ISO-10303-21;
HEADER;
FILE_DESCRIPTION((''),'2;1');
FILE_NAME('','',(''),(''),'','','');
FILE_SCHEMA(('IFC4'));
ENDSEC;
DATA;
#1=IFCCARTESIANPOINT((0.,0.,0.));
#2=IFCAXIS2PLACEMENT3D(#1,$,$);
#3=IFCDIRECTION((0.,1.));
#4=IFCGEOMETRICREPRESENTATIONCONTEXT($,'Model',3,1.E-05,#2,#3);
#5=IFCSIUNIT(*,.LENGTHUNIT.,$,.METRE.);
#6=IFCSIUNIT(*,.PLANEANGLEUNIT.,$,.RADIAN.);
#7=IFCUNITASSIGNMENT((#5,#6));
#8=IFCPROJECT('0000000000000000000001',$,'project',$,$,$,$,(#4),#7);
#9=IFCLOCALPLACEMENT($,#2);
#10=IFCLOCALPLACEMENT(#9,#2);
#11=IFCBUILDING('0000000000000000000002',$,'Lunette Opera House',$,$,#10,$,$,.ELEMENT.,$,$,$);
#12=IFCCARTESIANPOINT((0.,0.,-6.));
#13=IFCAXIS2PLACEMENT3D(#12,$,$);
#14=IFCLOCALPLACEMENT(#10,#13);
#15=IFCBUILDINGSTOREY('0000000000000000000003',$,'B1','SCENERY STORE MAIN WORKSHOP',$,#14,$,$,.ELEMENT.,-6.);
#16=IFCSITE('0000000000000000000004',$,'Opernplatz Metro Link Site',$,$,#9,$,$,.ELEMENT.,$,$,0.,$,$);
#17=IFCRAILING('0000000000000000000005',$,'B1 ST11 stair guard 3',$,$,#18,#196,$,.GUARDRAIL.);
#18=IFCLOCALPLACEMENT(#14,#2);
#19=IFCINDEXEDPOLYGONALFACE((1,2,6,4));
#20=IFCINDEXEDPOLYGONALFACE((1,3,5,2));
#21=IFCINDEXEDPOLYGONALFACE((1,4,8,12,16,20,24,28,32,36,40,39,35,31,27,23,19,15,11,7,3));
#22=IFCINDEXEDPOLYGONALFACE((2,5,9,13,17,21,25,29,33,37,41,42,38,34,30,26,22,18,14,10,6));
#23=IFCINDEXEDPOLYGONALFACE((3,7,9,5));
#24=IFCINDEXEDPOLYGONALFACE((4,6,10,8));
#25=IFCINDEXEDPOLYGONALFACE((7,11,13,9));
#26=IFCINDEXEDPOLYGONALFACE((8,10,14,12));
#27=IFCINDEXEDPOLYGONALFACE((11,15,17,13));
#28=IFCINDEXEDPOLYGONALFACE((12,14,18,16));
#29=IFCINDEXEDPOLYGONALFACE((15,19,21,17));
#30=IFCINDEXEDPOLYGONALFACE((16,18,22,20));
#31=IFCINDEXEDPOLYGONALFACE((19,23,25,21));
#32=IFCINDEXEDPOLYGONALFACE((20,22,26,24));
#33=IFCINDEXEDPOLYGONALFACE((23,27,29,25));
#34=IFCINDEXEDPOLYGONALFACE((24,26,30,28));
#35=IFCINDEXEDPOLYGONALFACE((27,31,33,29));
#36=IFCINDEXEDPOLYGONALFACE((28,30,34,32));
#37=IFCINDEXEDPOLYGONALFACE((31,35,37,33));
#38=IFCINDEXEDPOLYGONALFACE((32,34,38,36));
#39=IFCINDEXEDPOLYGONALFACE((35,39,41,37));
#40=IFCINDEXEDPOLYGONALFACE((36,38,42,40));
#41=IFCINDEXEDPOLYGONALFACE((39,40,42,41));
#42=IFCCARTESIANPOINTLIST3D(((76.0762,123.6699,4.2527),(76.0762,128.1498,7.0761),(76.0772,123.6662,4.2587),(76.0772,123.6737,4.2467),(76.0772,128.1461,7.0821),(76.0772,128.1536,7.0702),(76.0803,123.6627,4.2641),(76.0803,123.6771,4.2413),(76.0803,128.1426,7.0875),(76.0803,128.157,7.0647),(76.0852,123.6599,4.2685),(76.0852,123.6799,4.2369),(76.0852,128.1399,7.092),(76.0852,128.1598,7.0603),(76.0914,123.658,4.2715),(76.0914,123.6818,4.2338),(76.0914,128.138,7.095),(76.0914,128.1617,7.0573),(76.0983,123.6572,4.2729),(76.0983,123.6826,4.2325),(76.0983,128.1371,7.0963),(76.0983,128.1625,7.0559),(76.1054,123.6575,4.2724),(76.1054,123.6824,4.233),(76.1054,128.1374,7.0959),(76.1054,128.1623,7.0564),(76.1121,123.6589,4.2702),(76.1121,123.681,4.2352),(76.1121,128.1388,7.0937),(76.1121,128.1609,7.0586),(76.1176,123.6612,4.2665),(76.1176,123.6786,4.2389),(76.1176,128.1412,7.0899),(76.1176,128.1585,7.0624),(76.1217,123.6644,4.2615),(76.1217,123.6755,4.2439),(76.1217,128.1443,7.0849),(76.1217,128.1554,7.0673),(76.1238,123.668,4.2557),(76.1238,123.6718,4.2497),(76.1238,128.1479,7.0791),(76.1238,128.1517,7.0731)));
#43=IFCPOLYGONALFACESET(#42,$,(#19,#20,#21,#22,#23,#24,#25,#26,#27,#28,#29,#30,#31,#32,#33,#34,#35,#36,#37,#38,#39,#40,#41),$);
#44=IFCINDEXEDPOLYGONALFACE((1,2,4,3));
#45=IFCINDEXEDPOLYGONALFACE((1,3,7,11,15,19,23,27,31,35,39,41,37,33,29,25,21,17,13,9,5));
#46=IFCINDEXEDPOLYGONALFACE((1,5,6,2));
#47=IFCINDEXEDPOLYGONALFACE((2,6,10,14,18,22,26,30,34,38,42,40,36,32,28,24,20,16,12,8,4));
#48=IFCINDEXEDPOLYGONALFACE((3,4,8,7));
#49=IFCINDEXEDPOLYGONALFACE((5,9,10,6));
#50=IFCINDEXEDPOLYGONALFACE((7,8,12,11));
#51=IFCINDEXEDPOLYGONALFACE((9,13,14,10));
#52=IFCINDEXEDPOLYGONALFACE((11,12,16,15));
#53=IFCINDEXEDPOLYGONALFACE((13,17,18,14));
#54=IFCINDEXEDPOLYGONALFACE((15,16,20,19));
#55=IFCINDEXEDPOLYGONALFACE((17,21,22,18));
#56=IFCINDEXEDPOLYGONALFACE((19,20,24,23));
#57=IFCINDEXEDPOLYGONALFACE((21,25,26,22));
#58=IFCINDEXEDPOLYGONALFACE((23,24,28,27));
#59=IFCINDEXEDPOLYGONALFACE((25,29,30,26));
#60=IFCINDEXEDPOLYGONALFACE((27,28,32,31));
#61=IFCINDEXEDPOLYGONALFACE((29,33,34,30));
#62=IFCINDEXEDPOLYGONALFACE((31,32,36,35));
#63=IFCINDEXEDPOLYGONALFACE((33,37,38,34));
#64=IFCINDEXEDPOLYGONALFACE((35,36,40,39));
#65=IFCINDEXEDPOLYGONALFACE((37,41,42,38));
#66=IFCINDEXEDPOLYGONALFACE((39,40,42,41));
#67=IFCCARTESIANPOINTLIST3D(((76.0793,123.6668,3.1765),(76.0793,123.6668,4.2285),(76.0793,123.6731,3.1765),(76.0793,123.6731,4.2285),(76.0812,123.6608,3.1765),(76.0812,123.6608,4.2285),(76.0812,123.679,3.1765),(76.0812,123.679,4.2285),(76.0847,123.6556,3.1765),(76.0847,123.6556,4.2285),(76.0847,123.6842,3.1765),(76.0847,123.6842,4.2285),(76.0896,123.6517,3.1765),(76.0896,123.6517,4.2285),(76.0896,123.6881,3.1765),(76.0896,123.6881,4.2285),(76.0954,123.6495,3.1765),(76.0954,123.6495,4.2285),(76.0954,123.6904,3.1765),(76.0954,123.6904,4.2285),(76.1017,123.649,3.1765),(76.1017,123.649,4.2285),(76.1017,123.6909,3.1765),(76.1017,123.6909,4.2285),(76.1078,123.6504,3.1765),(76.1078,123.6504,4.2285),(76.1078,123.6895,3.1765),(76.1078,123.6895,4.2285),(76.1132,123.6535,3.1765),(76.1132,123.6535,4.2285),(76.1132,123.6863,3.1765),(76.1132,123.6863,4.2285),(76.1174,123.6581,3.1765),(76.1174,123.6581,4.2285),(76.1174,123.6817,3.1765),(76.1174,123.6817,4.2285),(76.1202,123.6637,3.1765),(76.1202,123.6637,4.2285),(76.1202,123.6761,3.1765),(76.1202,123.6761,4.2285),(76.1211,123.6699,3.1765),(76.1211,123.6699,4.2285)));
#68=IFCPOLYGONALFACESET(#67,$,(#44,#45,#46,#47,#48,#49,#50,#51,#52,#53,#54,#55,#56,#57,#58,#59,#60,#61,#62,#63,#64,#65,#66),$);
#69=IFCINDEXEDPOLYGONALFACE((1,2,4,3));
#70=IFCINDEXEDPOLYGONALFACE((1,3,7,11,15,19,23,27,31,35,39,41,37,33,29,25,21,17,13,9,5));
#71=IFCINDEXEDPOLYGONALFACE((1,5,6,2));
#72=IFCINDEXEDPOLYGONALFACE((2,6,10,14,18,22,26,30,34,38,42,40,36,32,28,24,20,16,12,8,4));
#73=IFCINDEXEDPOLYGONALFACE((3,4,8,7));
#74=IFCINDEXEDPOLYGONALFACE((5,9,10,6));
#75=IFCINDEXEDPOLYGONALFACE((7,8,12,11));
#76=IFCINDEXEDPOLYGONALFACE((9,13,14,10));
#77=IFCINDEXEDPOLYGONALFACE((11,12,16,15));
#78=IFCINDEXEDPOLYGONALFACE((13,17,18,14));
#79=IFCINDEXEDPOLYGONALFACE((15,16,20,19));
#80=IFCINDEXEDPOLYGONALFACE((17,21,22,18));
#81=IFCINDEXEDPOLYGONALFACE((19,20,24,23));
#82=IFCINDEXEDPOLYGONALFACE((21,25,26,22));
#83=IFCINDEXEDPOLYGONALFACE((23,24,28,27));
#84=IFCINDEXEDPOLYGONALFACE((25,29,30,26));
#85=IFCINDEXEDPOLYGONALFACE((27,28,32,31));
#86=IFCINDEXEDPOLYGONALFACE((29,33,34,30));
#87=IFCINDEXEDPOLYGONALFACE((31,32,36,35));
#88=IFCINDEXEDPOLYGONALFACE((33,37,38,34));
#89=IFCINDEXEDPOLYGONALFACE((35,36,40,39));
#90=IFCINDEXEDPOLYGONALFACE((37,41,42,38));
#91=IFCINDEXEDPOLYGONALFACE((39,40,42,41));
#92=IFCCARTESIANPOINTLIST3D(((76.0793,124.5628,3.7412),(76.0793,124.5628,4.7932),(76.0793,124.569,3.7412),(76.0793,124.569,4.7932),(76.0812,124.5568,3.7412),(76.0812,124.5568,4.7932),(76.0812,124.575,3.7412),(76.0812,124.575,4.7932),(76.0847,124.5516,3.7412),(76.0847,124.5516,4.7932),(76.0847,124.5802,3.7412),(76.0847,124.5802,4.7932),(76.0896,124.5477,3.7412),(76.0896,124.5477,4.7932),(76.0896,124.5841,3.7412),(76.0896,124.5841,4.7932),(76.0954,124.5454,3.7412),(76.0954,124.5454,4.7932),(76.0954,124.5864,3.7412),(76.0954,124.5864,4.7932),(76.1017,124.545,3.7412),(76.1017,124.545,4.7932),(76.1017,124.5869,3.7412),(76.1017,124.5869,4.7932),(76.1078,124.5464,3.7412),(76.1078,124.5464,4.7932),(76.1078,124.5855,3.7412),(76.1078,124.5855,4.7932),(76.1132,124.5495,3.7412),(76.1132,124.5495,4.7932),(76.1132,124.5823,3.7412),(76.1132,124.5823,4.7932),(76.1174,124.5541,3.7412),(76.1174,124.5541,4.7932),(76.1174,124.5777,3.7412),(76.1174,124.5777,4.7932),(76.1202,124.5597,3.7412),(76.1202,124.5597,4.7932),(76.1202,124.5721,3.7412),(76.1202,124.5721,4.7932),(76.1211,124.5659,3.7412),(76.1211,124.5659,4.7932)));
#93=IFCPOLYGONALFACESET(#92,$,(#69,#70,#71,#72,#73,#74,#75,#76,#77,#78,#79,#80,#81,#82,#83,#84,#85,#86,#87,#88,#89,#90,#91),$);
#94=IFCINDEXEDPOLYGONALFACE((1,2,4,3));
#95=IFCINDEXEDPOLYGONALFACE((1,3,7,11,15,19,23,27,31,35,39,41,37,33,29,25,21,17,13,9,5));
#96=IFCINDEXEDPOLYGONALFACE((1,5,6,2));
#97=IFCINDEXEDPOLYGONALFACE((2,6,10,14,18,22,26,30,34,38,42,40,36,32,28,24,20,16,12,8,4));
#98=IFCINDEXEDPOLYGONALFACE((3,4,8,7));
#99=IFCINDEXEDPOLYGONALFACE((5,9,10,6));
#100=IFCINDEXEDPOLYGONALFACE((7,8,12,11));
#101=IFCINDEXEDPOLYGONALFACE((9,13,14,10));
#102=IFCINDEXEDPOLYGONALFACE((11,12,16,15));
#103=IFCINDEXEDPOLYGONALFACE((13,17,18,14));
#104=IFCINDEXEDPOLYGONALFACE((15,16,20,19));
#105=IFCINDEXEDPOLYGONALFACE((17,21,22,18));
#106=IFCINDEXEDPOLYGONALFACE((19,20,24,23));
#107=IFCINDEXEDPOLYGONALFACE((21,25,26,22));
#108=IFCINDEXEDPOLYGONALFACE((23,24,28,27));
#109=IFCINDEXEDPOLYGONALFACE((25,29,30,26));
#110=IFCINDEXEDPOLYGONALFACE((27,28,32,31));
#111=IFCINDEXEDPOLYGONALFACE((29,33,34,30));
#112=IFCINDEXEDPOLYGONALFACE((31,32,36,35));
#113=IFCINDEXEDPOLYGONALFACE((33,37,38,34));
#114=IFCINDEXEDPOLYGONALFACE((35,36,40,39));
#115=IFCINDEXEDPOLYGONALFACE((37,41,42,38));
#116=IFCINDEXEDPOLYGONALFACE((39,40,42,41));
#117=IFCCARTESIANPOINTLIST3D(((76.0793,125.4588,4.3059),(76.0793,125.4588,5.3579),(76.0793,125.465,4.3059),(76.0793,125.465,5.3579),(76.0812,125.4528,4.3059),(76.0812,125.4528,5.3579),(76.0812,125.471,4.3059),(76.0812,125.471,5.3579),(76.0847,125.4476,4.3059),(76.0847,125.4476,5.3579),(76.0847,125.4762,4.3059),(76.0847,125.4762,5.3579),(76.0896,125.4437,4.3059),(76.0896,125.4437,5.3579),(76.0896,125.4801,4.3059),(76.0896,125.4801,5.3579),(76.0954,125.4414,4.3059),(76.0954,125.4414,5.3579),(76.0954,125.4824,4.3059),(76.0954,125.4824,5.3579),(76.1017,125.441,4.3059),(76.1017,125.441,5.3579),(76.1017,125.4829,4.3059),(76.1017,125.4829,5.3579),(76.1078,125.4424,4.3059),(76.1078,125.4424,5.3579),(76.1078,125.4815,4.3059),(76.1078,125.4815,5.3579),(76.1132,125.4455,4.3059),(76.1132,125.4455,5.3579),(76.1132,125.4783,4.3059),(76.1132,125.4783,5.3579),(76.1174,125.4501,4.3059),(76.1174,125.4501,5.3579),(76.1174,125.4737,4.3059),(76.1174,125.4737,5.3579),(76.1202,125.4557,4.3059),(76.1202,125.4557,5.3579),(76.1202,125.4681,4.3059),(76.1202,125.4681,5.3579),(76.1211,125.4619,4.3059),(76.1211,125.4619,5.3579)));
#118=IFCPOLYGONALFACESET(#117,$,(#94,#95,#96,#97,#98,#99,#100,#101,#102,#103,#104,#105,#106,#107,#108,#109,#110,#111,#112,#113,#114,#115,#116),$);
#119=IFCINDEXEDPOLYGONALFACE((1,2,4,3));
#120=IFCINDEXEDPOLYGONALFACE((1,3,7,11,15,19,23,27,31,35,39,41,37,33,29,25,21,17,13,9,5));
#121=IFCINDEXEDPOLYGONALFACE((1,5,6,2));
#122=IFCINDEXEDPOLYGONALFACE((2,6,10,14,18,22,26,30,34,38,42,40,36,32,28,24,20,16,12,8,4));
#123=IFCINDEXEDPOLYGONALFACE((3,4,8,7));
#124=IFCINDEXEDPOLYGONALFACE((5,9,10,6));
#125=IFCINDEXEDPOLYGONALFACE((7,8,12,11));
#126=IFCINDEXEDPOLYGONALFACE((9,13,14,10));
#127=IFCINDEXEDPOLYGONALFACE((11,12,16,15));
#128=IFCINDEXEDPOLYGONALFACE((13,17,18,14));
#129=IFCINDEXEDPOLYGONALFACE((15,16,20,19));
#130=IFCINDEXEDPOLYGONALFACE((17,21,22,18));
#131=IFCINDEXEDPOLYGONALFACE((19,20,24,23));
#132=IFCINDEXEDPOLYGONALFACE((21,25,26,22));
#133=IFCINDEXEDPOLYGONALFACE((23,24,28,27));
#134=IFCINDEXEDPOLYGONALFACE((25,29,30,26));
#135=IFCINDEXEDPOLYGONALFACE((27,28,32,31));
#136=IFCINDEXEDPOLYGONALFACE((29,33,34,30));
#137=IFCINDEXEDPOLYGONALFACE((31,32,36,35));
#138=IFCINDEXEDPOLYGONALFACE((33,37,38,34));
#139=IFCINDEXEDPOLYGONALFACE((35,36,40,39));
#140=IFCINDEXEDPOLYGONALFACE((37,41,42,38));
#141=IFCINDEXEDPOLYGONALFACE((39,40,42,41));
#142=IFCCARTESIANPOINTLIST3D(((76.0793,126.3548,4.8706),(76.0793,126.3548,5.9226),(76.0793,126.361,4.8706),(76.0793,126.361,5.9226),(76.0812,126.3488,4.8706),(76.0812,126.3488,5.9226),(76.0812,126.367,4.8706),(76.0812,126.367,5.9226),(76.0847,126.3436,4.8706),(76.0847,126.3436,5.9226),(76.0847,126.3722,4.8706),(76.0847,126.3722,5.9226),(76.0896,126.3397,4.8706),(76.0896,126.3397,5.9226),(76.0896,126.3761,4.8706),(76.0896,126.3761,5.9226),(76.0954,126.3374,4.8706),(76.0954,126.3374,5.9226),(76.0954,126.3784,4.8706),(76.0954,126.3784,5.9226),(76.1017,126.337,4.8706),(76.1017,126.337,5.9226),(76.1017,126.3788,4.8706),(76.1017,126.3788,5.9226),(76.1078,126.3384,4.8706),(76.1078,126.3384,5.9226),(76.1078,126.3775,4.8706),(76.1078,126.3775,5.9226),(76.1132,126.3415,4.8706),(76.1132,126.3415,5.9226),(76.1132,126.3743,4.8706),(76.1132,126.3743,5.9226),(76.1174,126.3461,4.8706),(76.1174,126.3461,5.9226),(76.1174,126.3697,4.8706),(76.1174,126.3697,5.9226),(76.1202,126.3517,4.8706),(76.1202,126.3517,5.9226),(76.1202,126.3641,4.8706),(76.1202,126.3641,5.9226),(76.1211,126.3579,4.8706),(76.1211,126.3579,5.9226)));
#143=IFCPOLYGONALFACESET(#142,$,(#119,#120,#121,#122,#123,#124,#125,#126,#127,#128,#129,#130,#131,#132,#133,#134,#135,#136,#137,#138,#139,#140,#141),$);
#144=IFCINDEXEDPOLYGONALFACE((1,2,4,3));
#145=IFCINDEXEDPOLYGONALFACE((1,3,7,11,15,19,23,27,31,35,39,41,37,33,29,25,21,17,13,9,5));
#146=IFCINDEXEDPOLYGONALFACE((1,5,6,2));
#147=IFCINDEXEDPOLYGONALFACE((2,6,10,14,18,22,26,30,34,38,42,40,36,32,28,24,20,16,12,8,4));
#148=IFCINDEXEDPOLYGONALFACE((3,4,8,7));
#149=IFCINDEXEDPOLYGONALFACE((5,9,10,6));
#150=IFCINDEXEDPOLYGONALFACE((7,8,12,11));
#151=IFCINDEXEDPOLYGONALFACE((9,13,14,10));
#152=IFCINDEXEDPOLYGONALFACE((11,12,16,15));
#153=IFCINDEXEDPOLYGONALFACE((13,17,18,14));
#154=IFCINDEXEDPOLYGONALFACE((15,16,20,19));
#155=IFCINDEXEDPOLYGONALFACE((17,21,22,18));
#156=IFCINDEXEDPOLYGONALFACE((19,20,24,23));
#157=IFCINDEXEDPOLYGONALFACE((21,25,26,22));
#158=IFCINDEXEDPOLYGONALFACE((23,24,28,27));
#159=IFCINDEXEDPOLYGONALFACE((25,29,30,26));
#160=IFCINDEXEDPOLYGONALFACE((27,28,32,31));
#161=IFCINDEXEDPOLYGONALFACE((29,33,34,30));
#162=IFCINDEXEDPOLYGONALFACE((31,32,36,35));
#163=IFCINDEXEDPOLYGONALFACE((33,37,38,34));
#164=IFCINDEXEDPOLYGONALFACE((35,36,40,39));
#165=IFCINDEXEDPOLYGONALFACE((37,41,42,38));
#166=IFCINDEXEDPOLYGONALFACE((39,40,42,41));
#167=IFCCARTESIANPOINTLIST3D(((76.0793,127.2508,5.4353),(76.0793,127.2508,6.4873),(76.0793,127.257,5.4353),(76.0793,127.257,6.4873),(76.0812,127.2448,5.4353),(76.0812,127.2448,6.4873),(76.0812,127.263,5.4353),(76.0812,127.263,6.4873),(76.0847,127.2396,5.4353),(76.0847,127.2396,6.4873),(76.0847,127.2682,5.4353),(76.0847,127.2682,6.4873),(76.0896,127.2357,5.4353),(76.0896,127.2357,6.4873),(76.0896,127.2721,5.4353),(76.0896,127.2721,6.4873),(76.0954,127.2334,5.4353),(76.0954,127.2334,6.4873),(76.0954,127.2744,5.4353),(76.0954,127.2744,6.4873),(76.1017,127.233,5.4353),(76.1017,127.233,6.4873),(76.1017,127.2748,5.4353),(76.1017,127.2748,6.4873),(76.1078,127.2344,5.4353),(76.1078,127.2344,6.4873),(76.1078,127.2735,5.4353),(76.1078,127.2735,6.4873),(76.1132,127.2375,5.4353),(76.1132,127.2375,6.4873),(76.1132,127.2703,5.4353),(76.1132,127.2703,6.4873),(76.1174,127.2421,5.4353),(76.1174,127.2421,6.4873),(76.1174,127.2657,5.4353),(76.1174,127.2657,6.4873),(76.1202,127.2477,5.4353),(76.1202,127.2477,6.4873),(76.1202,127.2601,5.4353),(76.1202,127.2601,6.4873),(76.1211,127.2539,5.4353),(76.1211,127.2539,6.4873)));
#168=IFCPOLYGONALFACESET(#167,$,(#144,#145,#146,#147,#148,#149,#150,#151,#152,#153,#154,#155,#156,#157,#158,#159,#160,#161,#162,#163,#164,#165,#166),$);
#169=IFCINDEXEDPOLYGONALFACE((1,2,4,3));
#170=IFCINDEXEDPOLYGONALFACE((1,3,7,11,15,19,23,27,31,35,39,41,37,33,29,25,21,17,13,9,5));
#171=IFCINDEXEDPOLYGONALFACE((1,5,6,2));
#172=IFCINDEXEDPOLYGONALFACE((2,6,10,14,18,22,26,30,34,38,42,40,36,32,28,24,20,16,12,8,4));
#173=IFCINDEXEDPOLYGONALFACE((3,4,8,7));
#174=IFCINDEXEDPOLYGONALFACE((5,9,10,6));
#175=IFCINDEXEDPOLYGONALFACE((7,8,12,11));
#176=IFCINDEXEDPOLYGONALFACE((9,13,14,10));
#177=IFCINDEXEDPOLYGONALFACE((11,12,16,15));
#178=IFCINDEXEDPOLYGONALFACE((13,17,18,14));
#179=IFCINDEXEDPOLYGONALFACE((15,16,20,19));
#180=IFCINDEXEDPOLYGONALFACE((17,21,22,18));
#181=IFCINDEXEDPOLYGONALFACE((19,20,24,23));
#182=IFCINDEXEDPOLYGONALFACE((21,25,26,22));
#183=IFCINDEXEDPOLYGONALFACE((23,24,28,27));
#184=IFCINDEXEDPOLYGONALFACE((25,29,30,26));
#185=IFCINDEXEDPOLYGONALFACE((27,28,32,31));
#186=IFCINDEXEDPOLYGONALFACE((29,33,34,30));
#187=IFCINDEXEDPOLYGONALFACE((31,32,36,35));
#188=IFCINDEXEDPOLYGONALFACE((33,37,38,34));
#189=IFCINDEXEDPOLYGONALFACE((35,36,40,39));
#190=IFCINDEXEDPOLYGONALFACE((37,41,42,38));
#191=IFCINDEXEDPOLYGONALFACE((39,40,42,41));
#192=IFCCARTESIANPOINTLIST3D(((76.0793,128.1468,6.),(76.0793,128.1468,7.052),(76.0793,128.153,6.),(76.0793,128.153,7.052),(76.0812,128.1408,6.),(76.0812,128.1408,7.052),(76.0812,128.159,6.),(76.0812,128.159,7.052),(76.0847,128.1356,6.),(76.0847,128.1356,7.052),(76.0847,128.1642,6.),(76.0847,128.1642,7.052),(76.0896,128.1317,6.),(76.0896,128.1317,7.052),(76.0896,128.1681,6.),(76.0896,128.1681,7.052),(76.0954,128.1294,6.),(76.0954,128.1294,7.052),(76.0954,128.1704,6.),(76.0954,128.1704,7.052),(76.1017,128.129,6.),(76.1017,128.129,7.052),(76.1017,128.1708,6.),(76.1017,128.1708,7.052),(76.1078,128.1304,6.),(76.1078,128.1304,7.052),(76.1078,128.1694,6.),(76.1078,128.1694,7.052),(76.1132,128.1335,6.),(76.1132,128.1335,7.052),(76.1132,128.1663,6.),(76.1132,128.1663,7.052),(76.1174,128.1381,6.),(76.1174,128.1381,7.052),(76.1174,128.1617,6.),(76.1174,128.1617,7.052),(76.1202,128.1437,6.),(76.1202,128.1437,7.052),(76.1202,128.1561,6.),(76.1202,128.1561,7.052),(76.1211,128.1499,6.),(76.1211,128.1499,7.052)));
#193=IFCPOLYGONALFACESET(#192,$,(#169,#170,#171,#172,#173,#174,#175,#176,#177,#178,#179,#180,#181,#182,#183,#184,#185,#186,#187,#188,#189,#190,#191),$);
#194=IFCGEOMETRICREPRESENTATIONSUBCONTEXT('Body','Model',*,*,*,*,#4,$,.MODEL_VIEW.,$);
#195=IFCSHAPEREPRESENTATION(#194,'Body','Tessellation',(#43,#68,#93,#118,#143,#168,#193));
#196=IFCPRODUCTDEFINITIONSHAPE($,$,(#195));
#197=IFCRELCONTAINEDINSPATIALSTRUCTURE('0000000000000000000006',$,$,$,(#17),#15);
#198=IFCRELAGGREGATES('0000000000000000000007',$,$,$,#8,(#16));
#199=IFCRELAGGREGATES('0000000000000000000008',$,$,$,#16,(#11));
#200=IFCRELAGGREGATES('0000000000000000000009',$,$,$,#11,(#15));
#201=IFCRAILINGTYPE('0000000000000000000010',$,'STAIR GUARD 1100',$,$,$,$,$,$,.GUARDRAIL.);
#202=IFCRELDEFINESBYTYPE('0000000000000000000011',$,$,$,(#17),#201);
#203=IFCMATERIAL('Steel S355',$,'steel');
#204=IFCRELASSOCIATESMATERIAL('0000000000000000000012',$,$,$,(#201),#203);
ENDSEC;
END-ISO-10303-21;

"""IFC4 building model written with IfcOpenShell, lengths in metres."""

from ifc_helpers import new_model, si_unit, direction, frame, origin, origin_2d, place, context, subcontext, project, spatial, circle, extrude, material, type_object, element, save


model = new_model("IFC4")

# Units and contexts
model_context = context("Model", 3, precision=1e-05, world=origin(), true_north=direction((0.0, 1.0)))
body_context = subcontext(model_context, "Body", "Model", "MODEL_VIEW")
ifc_project = project(units=[si_unit("LENGTHUNIT", "METRE"), si_unit("PLANEANGLEUNIT", "RADIAN")], contexts=[model_context])

# Site, building, storey
site_placement = place(None, origin())
site = spatial("IfcSite", under=ifc_project, at=site_placement, Name="Opernplatz Metro Link Site", CompositionType="ELEMENT", RefElevation=0.0)
building_placement = place(site_placement, origin())
building = spatial("IfcBuilding", under=site, at=building_placement, Name="Lunette Opera House", CompositionType="ELEMENT")
storey_placement = place(building_placement, frame((0.0, 0.0, -6.0)))
storey = spatial("IfcBuildingStorey", under=building, at=storey_placement, Name="B1", Description="SCENERY STORE MAIN WORKSHOP", CompositionType="ELEMENT", Elevation=-6.0)

# Railing
ifc_material_1 = material(Name="Steel S355", Category="steel")
railing_type = type_object("IfcRailingType", Name="STAIR GUARD 1100", PredefinedType="GUARDRAIL", material=ifc_material_1)
railing_1_placement = place(storey_placement, frame((76.1001, 123.6699, 3.1765)))
element("IfcRailing", 1, at=railing_1_placement, inside=storey, type_object=railing_type, Name="B1 ST11 stair guard 3", PredefinedType="GUARDRAIL", context=body_context, shape_type="SweptSolid", body=[
    extrude(circle(Radius=0.0239, at=origin_2d()), frame((0.0, 0.0, 1.0762), z_axis=(0.0, 0.845998, 0.533186), x_axis=(-1.0, 0.0, 0.0)), (0.0, 0.0, 1.0), 5.2954),
    extrude(circle(Radius=0.021, at=origin_2d()), origin(), (0.0, 0.0, 1.0), 1.052),
    extrude(circle(Radius=0.021, at=origin_2d()), frame((0.0, 0.896, 0.5647)), (0.0, 0.0, 1.0), 1.052),
    extrude(circle(Radius=0.021, at=origin_2d()), frame((0.0, 1.792, 1.1294)), (0.0, 0.0, 1.0), 1.052),
    extrude(circle(Radius=0.021, at=origin_2d()), frame((0.0, 2.688, 1.6941)), (0.0, 0.0, 1.0), 1.052),
    extrude(circle(Radius=0.021, at=origin_2d()), frame((0.0, 3.584, 2.2588)), (0.0, 0.0, 1.0), 1.052),
    extrude(circle(Radius=0.021, at=origin_2d()), frame((0.0, 4.48, 2.8235)), (0.0, 0.0, 1.0), 1.052),
])

save(model, "model.ifc")
